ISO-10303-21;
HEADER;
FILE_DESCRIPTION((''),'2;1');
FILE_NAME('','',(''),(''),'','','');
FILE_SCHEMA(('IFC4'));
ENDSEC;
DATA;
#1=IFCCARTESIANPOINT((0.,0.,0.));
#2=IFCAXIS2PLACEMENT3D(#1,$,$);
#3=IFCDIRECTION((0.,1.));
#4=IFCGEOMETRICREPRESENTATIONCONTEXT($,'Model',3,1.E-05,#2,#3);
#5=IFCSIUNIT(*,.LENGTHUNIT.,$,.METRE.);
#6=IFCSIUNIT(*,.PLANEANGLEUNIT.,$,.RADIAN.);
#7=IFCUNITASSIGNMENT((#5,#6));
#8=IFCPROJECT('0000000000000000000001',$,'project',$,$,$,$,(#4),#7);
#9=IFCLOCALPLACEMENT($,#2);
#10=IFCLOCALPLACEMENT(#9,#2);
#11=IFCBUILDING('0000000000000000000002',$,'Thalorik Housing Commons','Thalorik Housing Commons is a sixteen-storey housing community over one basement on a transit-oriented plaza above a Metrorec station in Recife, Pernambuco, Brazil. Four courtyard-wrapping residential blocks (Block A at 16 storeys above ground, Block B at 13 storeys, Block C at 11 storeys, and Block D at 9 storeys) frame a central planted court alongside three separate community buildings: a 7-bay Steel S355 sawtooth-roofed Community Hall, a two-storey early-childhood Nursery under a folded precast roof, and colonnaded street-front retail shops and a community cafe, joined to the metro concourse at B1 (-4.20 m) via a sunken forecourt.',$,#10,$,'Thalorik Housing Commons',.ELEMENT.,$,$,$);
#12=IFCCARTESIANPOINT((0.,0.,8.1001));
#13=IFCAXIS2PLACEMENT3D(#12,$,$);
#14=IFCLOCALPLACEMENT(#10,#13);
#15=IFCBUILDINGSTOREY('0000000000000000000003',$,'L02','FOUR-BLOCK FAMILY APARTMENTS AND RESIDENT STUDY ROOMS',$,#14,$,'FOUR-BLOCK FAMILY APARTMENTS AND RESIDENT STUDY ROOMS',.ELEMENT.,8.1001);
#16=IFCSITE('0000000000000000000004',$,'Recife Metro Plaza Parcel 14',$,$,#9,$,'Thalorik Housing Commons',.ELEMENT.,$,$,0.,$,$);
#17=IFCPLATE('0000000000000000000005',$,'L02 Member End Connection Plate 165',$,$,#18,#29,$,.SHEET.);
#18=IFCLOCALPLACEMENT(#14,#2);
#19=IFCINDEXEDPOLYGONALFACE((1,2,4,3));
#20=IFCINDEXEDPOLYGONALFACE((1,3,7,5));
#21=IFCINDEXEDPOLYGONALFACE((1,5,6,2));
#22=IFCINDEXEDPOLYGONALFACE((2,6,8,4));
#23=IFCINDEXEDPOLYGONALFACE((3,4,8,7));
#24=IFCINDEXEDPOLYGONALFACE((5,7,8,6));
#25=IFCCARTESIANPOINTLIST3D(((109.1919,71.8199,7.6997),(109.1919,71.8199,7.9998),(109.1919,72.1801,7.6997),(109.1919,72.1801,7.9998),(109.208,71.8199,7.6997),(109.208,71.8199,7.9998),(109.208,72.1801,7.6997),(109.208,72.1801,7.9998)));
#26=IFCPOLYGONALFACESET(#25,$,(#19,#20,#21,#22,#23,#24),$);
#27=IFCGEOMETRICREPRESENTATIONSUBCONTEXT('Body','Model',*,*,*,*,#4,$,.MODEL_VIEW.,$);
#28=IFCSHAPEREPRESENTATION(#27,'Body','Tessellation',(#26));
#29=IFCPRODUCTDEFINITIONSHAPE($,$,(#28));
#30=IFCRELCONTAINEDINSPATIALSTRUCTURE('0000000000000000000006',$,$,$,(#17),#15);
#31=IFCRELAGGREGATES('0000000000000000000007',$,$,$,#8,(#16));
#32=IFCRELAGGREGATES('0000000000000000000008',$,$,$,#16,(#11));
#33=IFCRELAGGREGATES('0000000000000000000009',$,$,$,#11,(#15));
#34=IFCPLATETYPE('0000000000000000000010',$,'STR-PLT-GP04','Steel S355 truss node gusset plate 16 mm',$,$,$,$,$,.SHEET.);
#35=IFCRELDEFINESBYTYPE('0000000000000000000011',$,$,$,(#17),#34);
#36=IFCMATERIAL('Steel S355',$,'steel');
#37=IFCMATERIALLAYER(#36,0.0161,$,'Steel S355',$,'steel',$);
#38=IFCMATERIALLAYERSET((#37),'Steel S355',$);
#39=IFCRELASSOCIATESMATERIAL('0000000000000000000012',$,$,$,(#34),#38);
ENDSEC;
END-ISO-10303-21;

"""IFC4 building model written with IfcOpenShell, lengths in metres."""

from ifc_helpers import new_model, si_unit, direction, frame, origin, origin_2d, place, context, subcontext, project, spatial, rectangle, extrude, material, layer, layer_set, type_object, element, save


model = new_model("IFC4")

# Units and contexts
model_context = context("Model", 3, precision=1e-05, world=origin(), true_north=direction((0.0, 1.0)))
body_context = subcontext(model_context, "Body", "Model", "MODEL_VIEW")
ifc_project = project(units=[si_unit("LENGTHUNIT", "METRE"), si_unit("PLANEANGLEUNIT", "RADIAN")], contexts=[model_context])

# Site, building, storey
site_placement = place(None, origin())
site = spatial("IfcSite", under=ifc_project, at=site_placement, Name="Recife Metro Plaza Parcel 14", LongName="Thalorik Housing Commons", CompositionType="ELEMENT", RefElevation=0.0)
building_placement = place(site_placement, origin())
building = spatial("IfcBuilding", under=site, at=building_placement, Name="Thalorik Housing Commons", Description="Thalorik Housing Commons is a sixteen-storey housing community over one basement on a transit-oriented plaza above a Metrorec station in Recife, Pernambuco, Brazil. Four courtyard-wrapping residential blocks (Block A at 16 storeys above ground, Block B at 13 storeys, Block C at 11 storeys, and Block D at 9 storeys) frame a central planted court alongside three separate community buildings: a 7-bay Steel S355 sawtooth-roofed Community Hall, a two-storey early-childhood Nursery under a folded precast roof, and colonnaded street-front retail shops and a community cafe, joined to the metro concourse at B1 (-4.20 m) via a sunken forecourt.", LongName="Thalorik Housing Commons", CompositionType="ELEMENT")
storey_placement = place(building_placement, frame((0.0, 0.0, 8.1001)))
storey = spatial("IfcBuildingStorey", under=building, at=storey_placement, Name="L02", Description="FOUR-BLOCK FAMILY APARTMENTS AND RESIDENT STUDY ROOMS", LongName="FOUR-BLOCK FAMILY APARTMENTS AND RESIDENT STUDY ROOMS", CompositionType="ELEMENT", Elevation=8.1001)

# Shared definitions
ifc_material_1 = material(Name="Steel S355", Category="steel")

# Plate
ifc_layer_1 = layer(ifc_material_1, 0.0161, Name="Steel S355", Category="steel")
ifc_layer_set_1 = layer_set([ifc_layer_1], Name="Steel S355")
plate_type_1 = type_object("IfcPlateType", Name="STR-PLT-GP04", Description="Steel S355 truss node gusset plate 16 mm", PredefinedType="SHEET", material=ifc_layer_set_1)
for number, where, z_axis, x_axis, name in (
    (1, (109.2, 72.0, 7.6997), (0.0, 0.0, 1.0), (1.0, 0.0, 0.0), "L02 Member End Connection Plate 165"),
):
    element("IfcPlate", number, at=place(storey_placement, frame(where, z_axis=z_axis, x_axis=x_axis)), inside=storey, type_object=plate_type_1, Name=name, PredefinedType="SHEET", context=body_context, shape_type="SweptSolid", body=[
        extrude(rectangle(XDim=0.0161, YDim=0.3601, at=origin_2d()), origin(), (0.0, 0.0, 1.0), 0.3),
    ])

save(model, "model.ifc")
